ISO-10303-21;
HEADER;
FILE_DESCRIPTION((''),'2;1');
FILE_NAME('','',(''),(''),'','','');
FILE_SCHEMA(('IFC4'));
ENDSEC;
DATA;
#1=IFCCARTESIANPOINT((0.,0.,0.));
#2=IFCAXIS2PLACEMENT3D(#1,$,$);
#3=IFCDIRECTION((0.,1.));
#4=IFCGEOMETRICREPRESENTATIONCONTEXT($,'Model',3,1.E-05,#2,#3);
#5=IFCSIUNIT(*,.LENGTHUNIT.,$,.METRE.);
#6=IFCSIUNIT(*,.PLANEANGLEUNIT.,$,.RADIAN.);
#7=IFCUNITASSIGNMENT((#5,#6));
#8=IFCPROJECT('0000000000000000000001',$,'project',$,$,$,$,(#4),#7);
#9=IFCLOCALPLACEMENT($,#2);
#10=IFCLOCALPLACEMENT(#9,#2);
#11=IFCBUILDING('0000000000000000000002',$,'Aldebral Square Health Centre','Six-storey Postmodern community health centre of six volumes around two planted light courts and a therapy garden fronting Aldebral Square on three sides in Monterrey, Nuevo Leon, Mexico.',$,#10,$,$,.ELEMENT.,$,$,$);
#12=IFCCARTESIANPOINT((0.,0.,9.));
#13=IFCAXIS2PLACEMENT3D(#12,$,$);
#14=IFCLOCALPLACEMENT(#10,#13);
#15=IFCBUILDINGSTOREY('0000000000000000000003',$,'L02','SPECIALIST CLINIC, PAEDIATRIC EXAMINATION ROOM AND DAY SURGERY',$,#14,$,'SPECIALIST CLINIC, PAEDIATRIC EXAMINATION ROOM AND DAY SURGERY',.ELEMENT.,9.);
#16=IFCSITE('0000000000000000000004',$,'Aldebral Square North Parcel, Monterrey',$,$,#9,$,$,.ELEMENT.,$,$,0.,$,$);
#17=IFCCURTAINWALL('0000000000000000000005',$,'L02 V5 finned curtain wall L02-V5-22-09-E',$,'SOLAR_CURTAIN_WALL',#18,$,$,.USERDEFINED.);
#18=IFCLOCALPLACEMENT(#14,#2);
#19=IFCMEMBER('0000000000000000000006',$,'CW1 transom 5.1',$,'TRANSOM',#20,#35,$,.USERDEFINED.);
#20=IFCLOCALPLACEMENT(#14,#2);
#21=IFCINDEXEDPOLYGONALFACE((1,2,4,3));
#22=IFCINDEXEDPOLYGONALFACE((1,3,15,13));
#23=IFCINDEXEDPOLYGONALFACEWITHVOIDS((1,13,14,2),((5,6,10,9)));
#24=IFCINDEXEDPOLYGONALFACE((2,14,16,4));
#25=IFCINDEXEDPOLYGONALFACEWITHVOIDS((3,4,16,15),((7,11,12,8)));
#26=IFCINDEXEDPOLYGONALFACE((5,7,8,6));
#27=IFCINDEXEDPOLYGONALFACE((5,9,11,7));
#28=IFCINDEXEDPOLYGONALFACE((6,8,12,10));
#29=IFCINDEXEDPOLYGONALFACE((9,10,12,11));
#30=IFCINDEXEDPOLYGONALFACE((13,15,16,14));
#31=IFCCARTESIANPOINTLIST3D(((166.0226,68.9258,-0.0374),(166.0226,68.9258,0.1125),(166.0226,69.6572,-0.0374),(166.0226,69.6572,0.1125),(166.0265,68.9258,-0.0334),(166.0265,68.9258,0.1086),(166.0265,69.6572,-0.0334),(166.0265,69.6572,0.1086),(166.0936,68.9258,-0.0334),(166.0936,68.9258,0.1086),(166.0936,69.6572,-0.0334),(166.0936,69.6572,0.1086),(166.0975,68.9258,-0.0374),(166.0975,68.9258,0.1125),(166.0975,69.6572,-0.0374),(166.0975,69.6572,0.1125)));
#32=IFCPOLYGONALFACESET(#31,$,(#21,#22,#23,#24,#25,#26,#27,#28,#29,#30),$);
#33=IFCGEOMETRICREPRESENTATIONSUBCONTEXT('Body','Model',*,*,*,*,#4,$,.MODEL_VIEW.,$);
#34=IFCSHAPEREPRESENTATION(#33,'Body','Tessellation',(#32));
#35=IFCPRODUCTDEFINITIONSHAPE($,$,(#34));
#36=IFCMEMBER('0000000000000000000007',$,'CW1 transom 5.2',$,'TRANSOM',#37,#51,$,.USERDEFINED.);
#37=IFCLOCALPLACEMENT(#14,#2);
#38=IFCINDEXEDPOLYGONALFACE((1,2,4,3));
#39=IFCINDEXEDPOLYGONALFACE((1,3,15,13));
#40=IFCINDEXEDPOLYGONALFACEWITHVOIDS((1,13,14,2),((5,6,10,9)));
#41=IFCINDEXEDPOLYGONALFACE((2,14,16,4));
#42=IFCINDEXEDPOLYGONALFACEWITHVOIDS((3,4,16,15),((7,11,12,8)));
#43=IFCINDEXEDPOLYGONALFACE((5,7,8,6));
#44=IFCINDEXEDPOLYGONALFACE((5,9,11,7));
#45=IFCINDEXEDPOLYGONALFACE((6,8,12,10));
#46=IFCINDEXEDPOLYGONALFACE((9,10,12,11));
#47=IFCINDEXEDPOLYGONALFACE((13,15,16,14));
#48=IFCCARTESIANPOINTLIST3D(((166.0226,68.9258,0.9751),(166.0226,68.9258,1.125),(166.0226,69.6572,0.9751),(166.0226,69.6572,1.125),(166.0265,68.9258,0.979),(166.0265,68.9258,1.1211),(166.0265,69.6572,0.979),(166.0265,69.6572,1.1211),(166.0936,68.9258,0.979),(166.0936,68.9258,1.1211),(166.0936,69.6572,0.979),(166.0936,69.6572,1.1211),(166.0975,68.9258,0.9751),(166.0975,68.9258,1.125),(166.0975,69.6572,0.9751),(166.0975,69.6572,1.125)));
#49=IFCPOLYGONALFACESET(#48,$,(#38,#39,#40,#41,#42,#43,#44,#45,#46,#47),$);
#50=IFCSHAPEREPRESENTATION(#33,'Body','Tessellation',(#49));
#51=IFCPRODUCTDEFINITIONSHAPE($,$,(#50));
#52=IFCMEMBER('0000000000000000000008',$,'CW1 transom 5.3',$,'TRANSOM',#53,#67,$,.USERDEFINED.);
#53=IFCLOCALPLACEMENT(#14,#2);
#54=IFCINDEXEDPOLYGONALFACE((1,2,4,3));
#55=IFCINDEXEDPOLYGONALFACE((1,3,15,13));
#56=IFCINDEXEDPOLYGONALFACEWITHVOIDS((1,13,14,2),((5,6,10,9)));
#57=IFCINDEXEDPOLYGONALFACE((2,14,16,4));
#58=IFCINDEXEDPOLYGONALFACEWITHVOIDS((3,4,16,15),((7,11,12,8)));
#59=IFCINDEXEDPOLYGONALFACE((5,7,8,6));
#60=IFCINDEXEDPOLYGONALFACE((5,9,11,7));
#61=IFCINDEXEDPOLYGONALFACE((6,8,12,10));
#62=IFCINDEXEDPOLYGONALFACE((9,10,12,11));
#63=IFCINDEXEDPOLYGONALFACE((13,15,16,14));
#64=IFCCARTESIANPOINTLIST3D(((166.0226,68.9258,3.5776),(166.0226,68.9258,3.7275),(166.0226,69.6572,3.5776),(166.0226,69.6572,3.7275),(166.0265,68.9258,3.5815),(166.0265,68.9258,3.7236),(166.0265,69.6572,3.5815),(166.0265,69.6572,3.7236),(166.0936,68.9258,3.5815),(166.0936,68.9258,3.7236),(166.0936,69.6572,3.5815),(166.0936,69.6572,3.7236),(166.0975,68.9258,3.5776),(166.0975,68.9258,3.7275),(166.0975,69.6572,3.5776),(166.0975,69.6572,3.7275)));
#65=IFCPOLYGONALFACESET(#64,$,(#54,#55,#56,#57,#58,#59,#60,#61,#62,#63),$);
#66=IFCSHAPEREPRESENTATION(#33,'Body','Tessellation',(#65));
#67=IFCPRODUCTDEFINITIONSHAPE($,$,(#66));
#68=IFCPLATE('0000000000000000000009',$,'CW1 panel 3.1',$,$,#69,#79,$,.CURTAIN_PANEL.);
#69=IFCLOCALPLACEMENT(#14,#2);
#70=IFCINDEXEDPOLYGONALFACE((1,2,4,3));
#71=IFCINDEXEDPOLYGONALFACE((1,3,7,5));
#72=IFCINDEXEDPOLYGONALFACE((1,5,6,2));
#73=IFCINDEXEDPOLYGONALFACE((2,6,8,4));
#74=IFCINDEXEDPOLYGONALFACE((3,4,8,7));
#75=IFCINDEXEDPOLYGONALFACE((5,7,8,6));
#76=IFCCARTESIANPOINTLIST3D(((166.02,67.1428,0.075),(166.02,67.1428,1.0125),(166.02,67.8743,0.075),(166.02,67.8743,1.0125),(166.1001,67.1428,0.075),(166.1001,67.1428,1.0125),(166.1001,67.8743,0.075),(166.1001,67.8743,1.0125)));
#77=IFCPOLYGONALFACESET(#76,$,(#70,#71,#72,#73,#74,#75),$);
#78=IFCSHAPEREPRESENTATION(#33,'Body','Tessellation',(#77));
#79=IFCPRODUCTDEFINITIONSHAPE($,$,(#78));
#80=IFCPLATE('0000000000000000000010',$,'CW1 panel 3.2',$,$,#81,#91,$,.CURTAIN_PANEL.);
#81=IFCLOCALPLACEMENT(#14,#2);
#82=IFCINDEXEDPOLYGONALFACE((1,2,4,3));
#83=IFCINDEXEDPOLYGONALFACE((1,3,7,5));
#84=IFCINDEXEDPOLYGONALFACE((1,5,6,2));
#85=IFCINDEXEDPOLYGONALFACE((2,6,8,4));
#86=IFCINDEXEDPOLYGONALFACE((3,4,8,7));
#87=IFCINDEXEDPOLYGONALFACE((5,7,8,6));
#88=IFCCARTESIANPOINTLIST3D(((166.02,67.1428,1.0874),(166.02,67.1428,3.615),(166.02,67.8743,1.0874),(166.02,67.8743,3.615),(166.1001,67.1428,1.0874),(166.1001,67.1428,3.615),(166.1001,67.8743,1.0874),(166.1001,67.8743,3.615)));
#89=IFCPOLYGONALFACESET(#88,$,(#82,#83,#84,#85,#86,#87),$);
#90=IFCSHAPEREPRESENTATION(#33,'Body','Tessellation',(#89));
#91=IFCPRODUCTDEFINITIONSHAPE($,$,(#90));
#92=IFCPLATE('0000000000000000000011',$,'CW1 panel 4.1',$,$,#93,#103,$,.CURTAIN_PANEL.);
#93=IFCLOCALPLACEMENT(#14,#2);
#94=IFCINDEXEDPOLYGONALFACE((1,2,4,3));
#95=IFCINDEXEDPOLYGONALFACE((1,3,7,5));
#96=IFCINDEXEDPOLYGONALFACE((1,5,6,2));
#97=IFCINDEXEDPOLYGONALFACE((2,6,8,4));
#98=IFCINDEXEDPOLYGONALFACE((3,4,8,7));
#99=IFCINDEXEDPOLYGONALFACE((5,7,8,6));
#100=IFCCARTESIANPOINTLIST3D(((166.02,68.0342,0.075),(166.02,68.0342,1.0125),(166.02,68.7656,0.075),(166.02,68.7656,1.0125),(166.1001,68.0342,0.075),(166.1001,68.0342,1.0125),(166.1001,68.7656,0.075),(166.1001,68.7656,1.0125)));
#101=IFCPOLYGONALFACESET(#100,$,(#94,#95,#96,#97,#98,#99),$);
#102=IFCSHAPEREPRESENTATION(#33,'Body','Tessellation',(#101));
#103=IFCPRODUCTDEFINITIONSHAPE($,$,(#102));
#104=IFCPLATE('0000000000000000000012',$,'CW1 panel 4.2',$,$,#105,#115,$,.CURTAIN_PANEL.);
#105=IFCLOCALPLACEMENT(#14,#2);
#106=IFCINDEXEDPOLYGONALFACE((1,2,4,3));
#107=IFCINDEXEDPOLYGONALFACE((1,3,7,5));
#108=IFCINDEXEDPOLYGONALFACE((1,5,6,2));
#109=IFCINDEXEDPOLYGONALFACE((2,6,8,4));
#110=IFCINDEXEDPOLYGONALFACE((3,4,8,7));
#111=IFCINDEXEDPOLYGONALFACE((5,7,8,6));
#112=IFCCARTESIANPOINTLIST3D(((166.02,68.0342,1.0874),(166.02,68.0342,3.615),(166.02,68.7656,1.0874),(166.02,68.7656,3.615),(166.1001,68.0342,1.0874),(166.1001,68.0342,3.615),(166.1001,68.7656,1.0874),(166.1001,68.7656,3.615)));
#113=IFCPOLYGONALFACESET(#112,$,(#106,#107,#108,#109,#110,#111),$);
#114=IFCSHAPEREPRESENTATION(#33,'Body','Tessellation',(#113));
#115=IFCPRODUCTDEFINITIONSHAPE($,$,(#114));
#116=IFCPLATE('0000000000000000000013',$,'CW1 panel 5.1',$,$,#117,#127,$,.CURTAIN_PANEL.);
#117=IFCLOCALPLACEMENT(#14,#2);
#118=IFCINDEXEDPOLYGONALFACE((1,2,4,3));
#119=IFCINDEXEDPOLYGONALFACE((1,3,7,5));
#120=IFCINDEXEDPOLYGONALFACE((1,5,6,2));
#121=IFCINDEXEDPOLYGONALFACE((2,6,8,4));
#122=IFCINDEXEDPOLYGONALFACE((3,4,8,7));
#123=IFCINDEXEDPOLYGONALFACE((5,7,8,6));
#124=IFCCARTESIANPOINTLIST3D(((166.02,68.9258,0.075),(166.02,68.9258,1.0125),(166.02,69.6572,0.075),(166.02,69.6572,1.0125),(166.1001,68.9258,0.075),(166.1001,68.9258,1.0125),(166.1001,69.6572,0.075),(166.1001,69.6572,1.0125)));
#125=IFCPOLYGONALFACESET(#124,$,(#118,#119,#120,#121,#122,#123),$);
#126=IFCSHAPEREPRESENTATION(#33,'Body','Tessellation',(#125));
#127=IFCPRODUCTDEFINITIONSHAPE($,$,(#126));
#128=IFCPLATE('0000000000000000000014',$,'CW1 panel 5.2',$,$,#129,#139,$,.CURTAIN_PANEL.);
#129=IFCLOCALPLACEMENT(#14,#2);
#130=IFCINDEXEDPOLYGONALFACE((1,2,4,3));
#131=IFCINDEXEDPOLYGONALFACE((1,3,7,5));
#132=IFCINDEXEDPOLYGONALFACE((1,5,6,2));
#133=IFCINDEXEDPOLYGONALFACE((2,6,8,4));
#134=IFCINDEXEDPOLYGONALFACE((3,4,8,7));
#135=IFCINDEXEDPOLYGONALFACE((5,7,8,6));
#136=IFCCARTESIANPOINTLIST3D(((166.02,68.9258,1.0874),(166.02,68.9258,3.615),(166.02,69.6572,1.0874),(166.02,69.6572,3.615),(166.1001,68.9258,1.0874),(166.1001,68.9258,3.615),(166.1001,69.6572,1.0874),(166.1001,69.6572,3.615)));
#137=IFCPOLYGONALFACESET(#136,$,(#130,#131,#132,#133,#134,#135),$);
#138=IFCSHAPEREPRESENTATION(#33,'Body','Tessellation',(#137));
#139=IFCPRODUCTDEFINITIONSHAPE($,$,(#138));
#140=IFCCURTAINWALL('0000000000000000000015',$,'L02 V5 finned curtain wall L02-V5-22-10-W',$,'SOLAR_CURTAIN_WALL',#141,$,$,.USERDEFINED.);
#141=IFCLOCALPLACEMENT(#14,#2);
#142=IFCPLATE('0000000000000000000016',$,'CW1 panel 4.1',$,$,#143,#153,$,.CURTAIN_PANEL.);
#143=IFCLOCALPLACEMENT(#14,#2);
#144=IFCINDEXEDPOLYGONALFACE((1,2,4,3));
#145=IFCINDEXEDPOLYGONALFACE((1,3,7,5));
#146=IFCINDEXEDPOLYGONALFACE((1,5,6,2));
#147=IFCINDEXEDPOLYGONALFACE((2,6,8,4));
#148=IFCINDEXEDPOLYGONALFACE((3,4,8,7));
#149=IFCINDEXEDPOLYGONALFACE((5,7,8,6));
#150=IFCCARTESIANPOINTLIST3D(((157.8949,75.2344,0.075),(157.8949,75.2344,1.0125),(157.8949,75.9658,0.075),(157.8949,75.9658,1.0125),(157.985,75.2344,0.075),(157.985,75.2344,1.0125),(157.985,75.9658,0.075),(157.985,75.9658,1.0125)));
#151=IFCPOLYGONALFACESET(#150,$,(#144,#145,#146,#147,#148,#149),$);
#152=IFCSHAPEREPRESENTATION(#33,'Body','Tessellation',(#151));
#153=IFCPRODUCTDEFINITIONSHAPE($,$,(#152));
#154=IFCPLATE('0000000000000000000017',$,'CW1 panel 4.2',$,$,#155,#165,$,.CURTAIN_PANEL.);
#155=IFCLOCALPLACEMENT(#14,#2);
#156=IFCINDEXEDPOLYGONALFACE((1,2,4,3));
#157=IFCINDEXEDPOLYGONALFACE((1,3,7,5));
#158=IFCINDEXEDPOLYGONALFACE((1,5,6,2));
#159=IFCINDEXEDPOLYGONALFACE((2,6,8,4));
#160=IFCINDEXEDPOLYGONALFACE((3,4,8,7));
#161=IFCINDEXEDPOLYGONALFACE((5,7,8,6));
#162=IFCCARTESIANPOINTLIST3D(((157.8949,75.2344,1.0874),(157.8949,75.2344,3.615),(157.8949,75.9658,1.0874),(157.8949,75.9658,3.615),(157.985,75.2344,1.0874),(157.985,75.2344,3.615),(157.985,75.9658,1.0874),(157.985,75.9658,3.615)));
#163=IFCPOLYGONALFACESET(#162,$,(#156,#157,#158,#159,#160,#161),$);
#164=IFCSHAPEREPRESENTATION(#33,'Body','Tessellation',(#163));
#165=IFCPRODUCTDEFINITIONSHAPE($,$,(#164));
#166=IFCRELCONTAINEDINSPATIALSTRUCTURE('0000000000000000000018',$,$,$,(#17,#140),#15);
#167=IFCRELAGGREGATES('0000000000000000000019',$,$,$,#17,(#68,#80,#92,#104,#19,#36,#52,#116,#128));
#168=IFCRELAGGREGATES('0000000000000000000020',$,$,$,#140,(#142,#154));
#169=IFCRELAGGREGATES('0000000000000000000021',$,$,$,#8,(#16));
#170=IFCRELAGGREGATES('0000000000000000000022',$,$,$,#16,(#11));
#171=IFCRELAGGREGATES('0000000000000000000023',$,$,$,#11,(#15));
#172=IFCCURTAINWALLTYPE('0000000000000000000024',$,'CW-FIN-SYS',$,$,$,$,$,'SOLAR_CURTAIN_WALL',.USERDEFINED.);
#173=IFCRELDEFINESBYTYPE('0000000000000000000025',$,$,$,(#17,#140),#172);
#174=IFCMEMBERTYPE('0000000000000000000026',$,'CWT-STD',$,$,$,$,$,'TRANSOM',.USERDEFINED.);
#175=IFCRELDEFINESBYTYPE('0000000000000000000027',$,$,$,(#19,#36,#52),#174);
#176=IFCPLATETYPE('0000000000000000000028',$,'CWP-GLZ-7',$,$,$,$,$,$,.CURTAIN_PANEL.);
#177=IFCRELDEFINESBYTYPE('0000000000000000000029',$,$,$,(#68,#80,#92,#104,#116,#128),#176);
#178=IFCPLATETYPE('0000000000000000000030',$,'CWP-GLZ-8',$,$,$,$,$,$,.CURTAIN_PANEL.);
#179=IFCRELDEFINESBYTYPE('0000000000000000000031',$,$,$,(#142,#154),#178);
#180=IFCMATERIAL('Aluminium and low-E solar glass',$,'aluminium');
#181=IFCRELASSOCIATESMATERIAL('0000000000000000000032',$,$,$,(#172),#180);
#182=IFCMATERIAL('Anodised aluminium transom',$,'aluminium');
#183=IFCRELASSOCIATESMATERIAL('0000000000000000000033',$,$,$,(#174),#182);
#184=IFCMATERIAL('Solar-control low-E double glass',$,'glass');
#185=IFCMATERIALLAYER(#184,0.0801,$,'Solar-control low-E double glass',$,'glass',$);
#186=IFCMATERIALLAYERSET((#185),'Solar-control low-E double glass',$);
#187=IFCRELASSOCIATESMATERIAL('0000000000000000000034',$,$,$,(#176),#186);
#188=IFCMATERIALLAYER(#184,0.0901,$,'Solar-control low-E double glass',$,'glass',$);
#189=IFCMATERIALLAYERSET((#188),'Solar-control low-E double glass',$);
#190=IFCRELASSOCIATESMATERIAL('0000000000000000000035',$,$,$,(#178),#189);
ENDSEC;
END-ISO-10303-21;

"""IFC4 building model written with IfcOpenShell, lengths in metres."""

from ifc_helpers import new_model, si_unit, direction, frame, origin, origin_2d, place, context, subcontext, project, spatial, rectangle, hollow_rectangle, extrude, material, layer, layer_set, material_profile, profile_set, type_object, element, aggregate, save


model = new_model("IFC4")

# Units and contexts
model_context = context("Model", 3, precision=1e-05, world=origin(), true_north=direction((0.0, 1.0)))
body_context = subcontext(model_context, "Body", "Model", "MODEL_VIEW")
ifc_project = project(units=[si_unit("LENGTHUNIT", "METRE"), si_unit("PLANEANGLEUNIT", "RADIAN")], contexts=[model_context])

# Site, building, storey
site_placement = place(None, origin())
site = spatial("IfcSite", under=ifc_project, at=site_placement, Name="Aldebral Square North Parcel, Monterrey", CompositionType="ELEMENT", RefElevation=0.0)
building_placement = place(site_placement, origin())
building = spatial("IfcBuilding", under=site, at=building_placement, Name="Aldebral Square Health Centre", Description="Six-storey Postmodern community health centre of six volumes around two planted light courts and a therapy garden fronting Aldebral Square on three sides in Monterrey, Nuevo Leon, Mexico.", CompositionType="ELEMENT")
storey_placement = place(building_placement, frame((0.0, 0.0, 9.0)))
storey = spatial("IfcBuildingStorey", under=building, at=storey_placement, Name="L02", Description="SPECIALIST CLINIC, PAEDIATRIC EXAMINATION ROOM AND DAY SURGERY", LongName="SPECIALIST CLINIC, PAEDIATRIC EXAMINATION ROOM AND DAY SURGERY", CompositionType="ELEMENT", Elevation=9.0)

# Curtain wall, members, plates
ifc_material_1 = material(Name="Aluminium and low-E solar glass", Category="aluminium")
curtain_wall_type = type_object("IfcCurtainWallType", Name="CW-FIN-SYS", ElementType="SOLAR_CURTAIN_WALL", PredefinedType="USERDEFINED", material=ifc_material_1)
curtain_wall_1_placement = place(storey_placement, origin())
curtain_wall_1 = element("IfcCurtainWall", 1, at=curtain_wall_1_placement, inside=storey, type_object=curtain_wall_type, Name="L02 V5 finned curtain wall L02-V5-22-09-E", ObjectType="SOLAR_CURTAIN_WALL", PredefinedType="USERDEFINED")
ifc_material_2 = material(Name="Anodised aluminium transom", Category="aluminium")
ifc_material_profile_1 = material_profile(ifc_material_2, hollow_rectangle(XDim=0.075, YDim=0.1499, WallThickness=0.0039, at=origin_2d()), Name="CWT 75x150x4")
ifc_profile_set_1 = profile_set([ifc_material_profile_1], Name="Anodised aluminium transom")
member_type_1 = type_object("IfcMemberType", Name="CWT-STD", ElementType="TRANSOM", PredefinedType="USERDEFINED", material=ifc_profile_set_1)
member_1_placement = place(storey_placement, frame((166.0601, 68.9258, 0.0376), z_axis=(0.0, 1.0, 0.0), x_axis=(-1.0, 0.0, 0.0)))
member_1 = element("IfcMember", 2, at=member_1_placement, type_object=member_type_1, Name="CW1 transom 5.1", ObjectType="TRANSOM", PredefinedType="USERDEFINED", context=body_context, shape_type="SweptSolid", body=[
    extrude(hollow_rectangle(XDim=0.075, YDim=0.1499, WallThickness=0.0039, at=origin_2d()), origin(), (0.0, 0.0, 1.0), 0.7314),
])
member_2_placement = place(storey_placement, frame((166.0601, 68.9258, 1.05), z_axis=(0.0, 1.0, 0.0), x_axis=(-1.0, 0.0, 0.0)))
member_2 = element("IfcMember", 3, at=member_2_placement, type_object=member_type_1, Name="CW1 transom 5.2", ObjectType="TRANSOM", PredefinedType="USERDEFINED", context=body_context, shape_type="SweptSolid", body=[
    extrude(hollow_rectangle(XDim=0.075, YDim=0.1499, WallThickness=0.0039, at=origin_2d()), origin(), (0.0, 0.0, 1.0), 0.7314),
])
member_3_placement = place(storey_placement, frame((166.0601, 68.9258, 3.6526), z_axis=(0.0, 1.0, 0.0), x_axis=(-1.0, 0.0, 0.0)))
member_3 = element("IfcMember", 4, at=member_3_placement, type_object=member_type_1, Name="CW1 transom 5.3", ObjectType="TRANSOM", PredefinedType="USERDEFINED", context=body_context, shape_type="SweptSolid", body=[
    extrude(hollow_rectangle(XDim=0.075, YDim=0.1499, WallThickness=0.0039, at=origin_2d()), origin(), (0.0, 0.0, 1.0), 0.7314),
])
ifc_material_3 = material(Name="Solar-control low-E double glass", Category="glass")
ifc_layer_1 = layer(ifc_material_3, 0.0801, Name="Solar-control low-E double glass", Category="glass")
ifc_layer_set_1 = layer_set([ifc_layer_1], Name="Solar-control low-E double glass")
plate_type_1 = type_object("IfcPlateType", Name="CWP-GLZ-7", PredefinedType="CURTAIN_PANEL", material=ifc_layer_set_1)
plate_1_placement = place(storey_placement, frame((166.0601, 67.5085, 0.075), z_axis=(0.0, 0.0, 1.0), x_axis=(0.0, 1.0, 0.0)))
plate_1 = element("IfcPlate", 5, at=plate_1_placement, type_object=plate_type_1, Name="CW1 panel 3.1", PredefinedType="CURTAIN_PANEL", context=body_context, shape_type="SweptSolid", body=[
    extrude(rectangle(XDim=0.7314, YDim=0.0801, at=origin_2d()), origin(), (0.0, 0.0, 1.0), 0.9375),
])
plate_2_placement = place(storey_placement, frame((166.0601, 67.5085, 1.0874), z_axis=(0.0, 0.0, 1.0), x_axis=(0.0, 1.0, 0.0)))
plate_2 = element("IfcPlate", 6, at=plate_2_placement, type_object=plate_type_1, Name="CW1 panel 3.2", PredefinedType="CURTAIN_PANEL", context=body_context, shape_type="SweptSolid", body=[
    extrude(rectangle(XDim=0.7314, YDim=0.0801, at=origin_2d()), origin(), (0.0, 0.0, 1.0), 2.5276),
])
plate_3_placement = place(storey_placement, frame((166.0601, 68.3999, 0.075), z_axis=(0.0, 0.0, 1.0), x_axis=(0.0, 1.0, 0.0)))
plate_3 = element("IfcPlate", 7, at=plate_3_placement, type_object=plate_type_1, Name="CW1 panel 4.1", PredefinedType="CURTAIN_PANEL", context=body_context, shape_type="SweptSolid", body=[
    extrude(rectangle(XDim=0.7314, YDim=0.0801, at=origin_2d()), origin(), (0.0, 0.0, 1.0), 0.9375),
])
plate_4_placement = place(storey_placement, frame((166.0601, 68.3999, 1.0874), z_axis=(0.0, 0.0, 1.0), x_axis=(0.0, 1.0, 0.0)))
plate_4 = element("IfcPlate", 8, at=plate_4_placement, type_object=plate_type_1, Name="CW1 panel 4.2", PredefinedType="CURTAIN_PANEL", context=body_context, shape_type="SweptSolid", body=[
    extrude(rectangle(XDim=0.7314, YDim=0.0801, at=origin_2d()), origin(), (0.0, 0.0, 1.0), 2.5276),
])
plate_5_placement = place(storey_placement, frame((166.0601, 69.2915, 0.075), z_axis=(0.0, 0.0, 1.0), x_axis=(0.0, 1.0, 0.0)))
plate_5 = element("IfcPlate", 9, at=plate_5_placement, type_object=plate_type_1, Name="CW1 panel 5.1", PredefinedType="CURTAIN_PANEL", context=body_context, shape_type="SweptSolid", body=[
    extrude(rectangle(XDim=0.7314, YDim=0.0801, at=origin_2d()), origin(), (0.0, 0.0, 1.0), 0.9375),
])
plate_6_placement = place(storey_placement, frame((166.0601, 69.2915, 1.0874), z_axis=(0.0, 0.0, 1.0), x_axis=(0.0, 1.0, 0.0)))
plate_6 = element("IfcPlate", 10, at=plate_6_placement, type_object=plate_type_1, Name="CW1 panel 5.2", PredefinedType="CURTAIN_PANEL", context=body_context, shape_type="SweptSolid", body=[
    extrude(rectangle(XDim=0.7314, YDim=0.0801, at=origin_2d()), origin(), (0.0, 0.0, 1.0), 2.5276),
])
aggregate(curtain_wall_1, [plate_1, plate_2, plate_3, plate_4, member_1, member_2, member_3, plate_5, plate_6])

# Curtain wall, plates
curtain_wall_2_placement = place(storey_placement, origin())
curtain_wall_2 = element("IfcCurtainWall", 11, at=curtain_wall_2_placement, inside=storey, type_object=curtain_wall_type, Name="L02 V5 finned curtain wall L02-V5-22-10-W", ObjectType="SOLAR_CURTAIN_WALL", PredefinedType="USERDEFINED")
ifc_layer_2 = layer(ifc_material_3, 0.0901, Name="Solar-control low-E double glass", Category="glass")
ifc_layer_set_2 = layer_set([ifc_layer_2], Name="Solar-control low-E double glass")
plate_type_2 = type_object("IfcPlateType", Name="CWP-GLZ-8", PredefinedType="CURTAIN_PANEL", material=ifc_layer_set_2)
plate_7_placement = place(storey_placement, frame((157.9399, 75.6001, 0.075), z_axis=(0.0, 0.0, 1.0), x_axis=(0.0, -1.0, 0.0)))
plate_7 = element("IfcPlate", 12, at=plate_7_placement, type_object=plate_type_2, Name="CW1 panel 4.1", PredefinedType="CURTAIN_PANEL", context=body_context, shape_type="SweptSolid", body=[
    extrude(rectangle(XDim=0.7314, YDim=0.0901, at=origin_2d()), origin(), (0.0, 0.0, 1.0), 0.9375),
])
plate_8_placement = place(storey_placement, frame((157.9399, 75.6001, 1.0874), z_axis=(0.0, 0.0, 1.0), x_axis=(0.0, -1.0, 0.0)))
plate_8 = element("IfcPlate", 13, at=plate_8_placement, type_object=plate_type_2, Name="CW1 panel 4.2", PredefinedType="CURTAIN_PANEL", context=body_context, shape_type="SweptSolid", body=[
    extrude(rectangle(XDim=0.7314, YDim=0.0901, at=origin_2d()), origin(), (0.0, 0.0, 1.0), 2.5276),
])
aggregate(curtain_wall_2, [plate_7, plate_8])

save(model, "model.ifc")
